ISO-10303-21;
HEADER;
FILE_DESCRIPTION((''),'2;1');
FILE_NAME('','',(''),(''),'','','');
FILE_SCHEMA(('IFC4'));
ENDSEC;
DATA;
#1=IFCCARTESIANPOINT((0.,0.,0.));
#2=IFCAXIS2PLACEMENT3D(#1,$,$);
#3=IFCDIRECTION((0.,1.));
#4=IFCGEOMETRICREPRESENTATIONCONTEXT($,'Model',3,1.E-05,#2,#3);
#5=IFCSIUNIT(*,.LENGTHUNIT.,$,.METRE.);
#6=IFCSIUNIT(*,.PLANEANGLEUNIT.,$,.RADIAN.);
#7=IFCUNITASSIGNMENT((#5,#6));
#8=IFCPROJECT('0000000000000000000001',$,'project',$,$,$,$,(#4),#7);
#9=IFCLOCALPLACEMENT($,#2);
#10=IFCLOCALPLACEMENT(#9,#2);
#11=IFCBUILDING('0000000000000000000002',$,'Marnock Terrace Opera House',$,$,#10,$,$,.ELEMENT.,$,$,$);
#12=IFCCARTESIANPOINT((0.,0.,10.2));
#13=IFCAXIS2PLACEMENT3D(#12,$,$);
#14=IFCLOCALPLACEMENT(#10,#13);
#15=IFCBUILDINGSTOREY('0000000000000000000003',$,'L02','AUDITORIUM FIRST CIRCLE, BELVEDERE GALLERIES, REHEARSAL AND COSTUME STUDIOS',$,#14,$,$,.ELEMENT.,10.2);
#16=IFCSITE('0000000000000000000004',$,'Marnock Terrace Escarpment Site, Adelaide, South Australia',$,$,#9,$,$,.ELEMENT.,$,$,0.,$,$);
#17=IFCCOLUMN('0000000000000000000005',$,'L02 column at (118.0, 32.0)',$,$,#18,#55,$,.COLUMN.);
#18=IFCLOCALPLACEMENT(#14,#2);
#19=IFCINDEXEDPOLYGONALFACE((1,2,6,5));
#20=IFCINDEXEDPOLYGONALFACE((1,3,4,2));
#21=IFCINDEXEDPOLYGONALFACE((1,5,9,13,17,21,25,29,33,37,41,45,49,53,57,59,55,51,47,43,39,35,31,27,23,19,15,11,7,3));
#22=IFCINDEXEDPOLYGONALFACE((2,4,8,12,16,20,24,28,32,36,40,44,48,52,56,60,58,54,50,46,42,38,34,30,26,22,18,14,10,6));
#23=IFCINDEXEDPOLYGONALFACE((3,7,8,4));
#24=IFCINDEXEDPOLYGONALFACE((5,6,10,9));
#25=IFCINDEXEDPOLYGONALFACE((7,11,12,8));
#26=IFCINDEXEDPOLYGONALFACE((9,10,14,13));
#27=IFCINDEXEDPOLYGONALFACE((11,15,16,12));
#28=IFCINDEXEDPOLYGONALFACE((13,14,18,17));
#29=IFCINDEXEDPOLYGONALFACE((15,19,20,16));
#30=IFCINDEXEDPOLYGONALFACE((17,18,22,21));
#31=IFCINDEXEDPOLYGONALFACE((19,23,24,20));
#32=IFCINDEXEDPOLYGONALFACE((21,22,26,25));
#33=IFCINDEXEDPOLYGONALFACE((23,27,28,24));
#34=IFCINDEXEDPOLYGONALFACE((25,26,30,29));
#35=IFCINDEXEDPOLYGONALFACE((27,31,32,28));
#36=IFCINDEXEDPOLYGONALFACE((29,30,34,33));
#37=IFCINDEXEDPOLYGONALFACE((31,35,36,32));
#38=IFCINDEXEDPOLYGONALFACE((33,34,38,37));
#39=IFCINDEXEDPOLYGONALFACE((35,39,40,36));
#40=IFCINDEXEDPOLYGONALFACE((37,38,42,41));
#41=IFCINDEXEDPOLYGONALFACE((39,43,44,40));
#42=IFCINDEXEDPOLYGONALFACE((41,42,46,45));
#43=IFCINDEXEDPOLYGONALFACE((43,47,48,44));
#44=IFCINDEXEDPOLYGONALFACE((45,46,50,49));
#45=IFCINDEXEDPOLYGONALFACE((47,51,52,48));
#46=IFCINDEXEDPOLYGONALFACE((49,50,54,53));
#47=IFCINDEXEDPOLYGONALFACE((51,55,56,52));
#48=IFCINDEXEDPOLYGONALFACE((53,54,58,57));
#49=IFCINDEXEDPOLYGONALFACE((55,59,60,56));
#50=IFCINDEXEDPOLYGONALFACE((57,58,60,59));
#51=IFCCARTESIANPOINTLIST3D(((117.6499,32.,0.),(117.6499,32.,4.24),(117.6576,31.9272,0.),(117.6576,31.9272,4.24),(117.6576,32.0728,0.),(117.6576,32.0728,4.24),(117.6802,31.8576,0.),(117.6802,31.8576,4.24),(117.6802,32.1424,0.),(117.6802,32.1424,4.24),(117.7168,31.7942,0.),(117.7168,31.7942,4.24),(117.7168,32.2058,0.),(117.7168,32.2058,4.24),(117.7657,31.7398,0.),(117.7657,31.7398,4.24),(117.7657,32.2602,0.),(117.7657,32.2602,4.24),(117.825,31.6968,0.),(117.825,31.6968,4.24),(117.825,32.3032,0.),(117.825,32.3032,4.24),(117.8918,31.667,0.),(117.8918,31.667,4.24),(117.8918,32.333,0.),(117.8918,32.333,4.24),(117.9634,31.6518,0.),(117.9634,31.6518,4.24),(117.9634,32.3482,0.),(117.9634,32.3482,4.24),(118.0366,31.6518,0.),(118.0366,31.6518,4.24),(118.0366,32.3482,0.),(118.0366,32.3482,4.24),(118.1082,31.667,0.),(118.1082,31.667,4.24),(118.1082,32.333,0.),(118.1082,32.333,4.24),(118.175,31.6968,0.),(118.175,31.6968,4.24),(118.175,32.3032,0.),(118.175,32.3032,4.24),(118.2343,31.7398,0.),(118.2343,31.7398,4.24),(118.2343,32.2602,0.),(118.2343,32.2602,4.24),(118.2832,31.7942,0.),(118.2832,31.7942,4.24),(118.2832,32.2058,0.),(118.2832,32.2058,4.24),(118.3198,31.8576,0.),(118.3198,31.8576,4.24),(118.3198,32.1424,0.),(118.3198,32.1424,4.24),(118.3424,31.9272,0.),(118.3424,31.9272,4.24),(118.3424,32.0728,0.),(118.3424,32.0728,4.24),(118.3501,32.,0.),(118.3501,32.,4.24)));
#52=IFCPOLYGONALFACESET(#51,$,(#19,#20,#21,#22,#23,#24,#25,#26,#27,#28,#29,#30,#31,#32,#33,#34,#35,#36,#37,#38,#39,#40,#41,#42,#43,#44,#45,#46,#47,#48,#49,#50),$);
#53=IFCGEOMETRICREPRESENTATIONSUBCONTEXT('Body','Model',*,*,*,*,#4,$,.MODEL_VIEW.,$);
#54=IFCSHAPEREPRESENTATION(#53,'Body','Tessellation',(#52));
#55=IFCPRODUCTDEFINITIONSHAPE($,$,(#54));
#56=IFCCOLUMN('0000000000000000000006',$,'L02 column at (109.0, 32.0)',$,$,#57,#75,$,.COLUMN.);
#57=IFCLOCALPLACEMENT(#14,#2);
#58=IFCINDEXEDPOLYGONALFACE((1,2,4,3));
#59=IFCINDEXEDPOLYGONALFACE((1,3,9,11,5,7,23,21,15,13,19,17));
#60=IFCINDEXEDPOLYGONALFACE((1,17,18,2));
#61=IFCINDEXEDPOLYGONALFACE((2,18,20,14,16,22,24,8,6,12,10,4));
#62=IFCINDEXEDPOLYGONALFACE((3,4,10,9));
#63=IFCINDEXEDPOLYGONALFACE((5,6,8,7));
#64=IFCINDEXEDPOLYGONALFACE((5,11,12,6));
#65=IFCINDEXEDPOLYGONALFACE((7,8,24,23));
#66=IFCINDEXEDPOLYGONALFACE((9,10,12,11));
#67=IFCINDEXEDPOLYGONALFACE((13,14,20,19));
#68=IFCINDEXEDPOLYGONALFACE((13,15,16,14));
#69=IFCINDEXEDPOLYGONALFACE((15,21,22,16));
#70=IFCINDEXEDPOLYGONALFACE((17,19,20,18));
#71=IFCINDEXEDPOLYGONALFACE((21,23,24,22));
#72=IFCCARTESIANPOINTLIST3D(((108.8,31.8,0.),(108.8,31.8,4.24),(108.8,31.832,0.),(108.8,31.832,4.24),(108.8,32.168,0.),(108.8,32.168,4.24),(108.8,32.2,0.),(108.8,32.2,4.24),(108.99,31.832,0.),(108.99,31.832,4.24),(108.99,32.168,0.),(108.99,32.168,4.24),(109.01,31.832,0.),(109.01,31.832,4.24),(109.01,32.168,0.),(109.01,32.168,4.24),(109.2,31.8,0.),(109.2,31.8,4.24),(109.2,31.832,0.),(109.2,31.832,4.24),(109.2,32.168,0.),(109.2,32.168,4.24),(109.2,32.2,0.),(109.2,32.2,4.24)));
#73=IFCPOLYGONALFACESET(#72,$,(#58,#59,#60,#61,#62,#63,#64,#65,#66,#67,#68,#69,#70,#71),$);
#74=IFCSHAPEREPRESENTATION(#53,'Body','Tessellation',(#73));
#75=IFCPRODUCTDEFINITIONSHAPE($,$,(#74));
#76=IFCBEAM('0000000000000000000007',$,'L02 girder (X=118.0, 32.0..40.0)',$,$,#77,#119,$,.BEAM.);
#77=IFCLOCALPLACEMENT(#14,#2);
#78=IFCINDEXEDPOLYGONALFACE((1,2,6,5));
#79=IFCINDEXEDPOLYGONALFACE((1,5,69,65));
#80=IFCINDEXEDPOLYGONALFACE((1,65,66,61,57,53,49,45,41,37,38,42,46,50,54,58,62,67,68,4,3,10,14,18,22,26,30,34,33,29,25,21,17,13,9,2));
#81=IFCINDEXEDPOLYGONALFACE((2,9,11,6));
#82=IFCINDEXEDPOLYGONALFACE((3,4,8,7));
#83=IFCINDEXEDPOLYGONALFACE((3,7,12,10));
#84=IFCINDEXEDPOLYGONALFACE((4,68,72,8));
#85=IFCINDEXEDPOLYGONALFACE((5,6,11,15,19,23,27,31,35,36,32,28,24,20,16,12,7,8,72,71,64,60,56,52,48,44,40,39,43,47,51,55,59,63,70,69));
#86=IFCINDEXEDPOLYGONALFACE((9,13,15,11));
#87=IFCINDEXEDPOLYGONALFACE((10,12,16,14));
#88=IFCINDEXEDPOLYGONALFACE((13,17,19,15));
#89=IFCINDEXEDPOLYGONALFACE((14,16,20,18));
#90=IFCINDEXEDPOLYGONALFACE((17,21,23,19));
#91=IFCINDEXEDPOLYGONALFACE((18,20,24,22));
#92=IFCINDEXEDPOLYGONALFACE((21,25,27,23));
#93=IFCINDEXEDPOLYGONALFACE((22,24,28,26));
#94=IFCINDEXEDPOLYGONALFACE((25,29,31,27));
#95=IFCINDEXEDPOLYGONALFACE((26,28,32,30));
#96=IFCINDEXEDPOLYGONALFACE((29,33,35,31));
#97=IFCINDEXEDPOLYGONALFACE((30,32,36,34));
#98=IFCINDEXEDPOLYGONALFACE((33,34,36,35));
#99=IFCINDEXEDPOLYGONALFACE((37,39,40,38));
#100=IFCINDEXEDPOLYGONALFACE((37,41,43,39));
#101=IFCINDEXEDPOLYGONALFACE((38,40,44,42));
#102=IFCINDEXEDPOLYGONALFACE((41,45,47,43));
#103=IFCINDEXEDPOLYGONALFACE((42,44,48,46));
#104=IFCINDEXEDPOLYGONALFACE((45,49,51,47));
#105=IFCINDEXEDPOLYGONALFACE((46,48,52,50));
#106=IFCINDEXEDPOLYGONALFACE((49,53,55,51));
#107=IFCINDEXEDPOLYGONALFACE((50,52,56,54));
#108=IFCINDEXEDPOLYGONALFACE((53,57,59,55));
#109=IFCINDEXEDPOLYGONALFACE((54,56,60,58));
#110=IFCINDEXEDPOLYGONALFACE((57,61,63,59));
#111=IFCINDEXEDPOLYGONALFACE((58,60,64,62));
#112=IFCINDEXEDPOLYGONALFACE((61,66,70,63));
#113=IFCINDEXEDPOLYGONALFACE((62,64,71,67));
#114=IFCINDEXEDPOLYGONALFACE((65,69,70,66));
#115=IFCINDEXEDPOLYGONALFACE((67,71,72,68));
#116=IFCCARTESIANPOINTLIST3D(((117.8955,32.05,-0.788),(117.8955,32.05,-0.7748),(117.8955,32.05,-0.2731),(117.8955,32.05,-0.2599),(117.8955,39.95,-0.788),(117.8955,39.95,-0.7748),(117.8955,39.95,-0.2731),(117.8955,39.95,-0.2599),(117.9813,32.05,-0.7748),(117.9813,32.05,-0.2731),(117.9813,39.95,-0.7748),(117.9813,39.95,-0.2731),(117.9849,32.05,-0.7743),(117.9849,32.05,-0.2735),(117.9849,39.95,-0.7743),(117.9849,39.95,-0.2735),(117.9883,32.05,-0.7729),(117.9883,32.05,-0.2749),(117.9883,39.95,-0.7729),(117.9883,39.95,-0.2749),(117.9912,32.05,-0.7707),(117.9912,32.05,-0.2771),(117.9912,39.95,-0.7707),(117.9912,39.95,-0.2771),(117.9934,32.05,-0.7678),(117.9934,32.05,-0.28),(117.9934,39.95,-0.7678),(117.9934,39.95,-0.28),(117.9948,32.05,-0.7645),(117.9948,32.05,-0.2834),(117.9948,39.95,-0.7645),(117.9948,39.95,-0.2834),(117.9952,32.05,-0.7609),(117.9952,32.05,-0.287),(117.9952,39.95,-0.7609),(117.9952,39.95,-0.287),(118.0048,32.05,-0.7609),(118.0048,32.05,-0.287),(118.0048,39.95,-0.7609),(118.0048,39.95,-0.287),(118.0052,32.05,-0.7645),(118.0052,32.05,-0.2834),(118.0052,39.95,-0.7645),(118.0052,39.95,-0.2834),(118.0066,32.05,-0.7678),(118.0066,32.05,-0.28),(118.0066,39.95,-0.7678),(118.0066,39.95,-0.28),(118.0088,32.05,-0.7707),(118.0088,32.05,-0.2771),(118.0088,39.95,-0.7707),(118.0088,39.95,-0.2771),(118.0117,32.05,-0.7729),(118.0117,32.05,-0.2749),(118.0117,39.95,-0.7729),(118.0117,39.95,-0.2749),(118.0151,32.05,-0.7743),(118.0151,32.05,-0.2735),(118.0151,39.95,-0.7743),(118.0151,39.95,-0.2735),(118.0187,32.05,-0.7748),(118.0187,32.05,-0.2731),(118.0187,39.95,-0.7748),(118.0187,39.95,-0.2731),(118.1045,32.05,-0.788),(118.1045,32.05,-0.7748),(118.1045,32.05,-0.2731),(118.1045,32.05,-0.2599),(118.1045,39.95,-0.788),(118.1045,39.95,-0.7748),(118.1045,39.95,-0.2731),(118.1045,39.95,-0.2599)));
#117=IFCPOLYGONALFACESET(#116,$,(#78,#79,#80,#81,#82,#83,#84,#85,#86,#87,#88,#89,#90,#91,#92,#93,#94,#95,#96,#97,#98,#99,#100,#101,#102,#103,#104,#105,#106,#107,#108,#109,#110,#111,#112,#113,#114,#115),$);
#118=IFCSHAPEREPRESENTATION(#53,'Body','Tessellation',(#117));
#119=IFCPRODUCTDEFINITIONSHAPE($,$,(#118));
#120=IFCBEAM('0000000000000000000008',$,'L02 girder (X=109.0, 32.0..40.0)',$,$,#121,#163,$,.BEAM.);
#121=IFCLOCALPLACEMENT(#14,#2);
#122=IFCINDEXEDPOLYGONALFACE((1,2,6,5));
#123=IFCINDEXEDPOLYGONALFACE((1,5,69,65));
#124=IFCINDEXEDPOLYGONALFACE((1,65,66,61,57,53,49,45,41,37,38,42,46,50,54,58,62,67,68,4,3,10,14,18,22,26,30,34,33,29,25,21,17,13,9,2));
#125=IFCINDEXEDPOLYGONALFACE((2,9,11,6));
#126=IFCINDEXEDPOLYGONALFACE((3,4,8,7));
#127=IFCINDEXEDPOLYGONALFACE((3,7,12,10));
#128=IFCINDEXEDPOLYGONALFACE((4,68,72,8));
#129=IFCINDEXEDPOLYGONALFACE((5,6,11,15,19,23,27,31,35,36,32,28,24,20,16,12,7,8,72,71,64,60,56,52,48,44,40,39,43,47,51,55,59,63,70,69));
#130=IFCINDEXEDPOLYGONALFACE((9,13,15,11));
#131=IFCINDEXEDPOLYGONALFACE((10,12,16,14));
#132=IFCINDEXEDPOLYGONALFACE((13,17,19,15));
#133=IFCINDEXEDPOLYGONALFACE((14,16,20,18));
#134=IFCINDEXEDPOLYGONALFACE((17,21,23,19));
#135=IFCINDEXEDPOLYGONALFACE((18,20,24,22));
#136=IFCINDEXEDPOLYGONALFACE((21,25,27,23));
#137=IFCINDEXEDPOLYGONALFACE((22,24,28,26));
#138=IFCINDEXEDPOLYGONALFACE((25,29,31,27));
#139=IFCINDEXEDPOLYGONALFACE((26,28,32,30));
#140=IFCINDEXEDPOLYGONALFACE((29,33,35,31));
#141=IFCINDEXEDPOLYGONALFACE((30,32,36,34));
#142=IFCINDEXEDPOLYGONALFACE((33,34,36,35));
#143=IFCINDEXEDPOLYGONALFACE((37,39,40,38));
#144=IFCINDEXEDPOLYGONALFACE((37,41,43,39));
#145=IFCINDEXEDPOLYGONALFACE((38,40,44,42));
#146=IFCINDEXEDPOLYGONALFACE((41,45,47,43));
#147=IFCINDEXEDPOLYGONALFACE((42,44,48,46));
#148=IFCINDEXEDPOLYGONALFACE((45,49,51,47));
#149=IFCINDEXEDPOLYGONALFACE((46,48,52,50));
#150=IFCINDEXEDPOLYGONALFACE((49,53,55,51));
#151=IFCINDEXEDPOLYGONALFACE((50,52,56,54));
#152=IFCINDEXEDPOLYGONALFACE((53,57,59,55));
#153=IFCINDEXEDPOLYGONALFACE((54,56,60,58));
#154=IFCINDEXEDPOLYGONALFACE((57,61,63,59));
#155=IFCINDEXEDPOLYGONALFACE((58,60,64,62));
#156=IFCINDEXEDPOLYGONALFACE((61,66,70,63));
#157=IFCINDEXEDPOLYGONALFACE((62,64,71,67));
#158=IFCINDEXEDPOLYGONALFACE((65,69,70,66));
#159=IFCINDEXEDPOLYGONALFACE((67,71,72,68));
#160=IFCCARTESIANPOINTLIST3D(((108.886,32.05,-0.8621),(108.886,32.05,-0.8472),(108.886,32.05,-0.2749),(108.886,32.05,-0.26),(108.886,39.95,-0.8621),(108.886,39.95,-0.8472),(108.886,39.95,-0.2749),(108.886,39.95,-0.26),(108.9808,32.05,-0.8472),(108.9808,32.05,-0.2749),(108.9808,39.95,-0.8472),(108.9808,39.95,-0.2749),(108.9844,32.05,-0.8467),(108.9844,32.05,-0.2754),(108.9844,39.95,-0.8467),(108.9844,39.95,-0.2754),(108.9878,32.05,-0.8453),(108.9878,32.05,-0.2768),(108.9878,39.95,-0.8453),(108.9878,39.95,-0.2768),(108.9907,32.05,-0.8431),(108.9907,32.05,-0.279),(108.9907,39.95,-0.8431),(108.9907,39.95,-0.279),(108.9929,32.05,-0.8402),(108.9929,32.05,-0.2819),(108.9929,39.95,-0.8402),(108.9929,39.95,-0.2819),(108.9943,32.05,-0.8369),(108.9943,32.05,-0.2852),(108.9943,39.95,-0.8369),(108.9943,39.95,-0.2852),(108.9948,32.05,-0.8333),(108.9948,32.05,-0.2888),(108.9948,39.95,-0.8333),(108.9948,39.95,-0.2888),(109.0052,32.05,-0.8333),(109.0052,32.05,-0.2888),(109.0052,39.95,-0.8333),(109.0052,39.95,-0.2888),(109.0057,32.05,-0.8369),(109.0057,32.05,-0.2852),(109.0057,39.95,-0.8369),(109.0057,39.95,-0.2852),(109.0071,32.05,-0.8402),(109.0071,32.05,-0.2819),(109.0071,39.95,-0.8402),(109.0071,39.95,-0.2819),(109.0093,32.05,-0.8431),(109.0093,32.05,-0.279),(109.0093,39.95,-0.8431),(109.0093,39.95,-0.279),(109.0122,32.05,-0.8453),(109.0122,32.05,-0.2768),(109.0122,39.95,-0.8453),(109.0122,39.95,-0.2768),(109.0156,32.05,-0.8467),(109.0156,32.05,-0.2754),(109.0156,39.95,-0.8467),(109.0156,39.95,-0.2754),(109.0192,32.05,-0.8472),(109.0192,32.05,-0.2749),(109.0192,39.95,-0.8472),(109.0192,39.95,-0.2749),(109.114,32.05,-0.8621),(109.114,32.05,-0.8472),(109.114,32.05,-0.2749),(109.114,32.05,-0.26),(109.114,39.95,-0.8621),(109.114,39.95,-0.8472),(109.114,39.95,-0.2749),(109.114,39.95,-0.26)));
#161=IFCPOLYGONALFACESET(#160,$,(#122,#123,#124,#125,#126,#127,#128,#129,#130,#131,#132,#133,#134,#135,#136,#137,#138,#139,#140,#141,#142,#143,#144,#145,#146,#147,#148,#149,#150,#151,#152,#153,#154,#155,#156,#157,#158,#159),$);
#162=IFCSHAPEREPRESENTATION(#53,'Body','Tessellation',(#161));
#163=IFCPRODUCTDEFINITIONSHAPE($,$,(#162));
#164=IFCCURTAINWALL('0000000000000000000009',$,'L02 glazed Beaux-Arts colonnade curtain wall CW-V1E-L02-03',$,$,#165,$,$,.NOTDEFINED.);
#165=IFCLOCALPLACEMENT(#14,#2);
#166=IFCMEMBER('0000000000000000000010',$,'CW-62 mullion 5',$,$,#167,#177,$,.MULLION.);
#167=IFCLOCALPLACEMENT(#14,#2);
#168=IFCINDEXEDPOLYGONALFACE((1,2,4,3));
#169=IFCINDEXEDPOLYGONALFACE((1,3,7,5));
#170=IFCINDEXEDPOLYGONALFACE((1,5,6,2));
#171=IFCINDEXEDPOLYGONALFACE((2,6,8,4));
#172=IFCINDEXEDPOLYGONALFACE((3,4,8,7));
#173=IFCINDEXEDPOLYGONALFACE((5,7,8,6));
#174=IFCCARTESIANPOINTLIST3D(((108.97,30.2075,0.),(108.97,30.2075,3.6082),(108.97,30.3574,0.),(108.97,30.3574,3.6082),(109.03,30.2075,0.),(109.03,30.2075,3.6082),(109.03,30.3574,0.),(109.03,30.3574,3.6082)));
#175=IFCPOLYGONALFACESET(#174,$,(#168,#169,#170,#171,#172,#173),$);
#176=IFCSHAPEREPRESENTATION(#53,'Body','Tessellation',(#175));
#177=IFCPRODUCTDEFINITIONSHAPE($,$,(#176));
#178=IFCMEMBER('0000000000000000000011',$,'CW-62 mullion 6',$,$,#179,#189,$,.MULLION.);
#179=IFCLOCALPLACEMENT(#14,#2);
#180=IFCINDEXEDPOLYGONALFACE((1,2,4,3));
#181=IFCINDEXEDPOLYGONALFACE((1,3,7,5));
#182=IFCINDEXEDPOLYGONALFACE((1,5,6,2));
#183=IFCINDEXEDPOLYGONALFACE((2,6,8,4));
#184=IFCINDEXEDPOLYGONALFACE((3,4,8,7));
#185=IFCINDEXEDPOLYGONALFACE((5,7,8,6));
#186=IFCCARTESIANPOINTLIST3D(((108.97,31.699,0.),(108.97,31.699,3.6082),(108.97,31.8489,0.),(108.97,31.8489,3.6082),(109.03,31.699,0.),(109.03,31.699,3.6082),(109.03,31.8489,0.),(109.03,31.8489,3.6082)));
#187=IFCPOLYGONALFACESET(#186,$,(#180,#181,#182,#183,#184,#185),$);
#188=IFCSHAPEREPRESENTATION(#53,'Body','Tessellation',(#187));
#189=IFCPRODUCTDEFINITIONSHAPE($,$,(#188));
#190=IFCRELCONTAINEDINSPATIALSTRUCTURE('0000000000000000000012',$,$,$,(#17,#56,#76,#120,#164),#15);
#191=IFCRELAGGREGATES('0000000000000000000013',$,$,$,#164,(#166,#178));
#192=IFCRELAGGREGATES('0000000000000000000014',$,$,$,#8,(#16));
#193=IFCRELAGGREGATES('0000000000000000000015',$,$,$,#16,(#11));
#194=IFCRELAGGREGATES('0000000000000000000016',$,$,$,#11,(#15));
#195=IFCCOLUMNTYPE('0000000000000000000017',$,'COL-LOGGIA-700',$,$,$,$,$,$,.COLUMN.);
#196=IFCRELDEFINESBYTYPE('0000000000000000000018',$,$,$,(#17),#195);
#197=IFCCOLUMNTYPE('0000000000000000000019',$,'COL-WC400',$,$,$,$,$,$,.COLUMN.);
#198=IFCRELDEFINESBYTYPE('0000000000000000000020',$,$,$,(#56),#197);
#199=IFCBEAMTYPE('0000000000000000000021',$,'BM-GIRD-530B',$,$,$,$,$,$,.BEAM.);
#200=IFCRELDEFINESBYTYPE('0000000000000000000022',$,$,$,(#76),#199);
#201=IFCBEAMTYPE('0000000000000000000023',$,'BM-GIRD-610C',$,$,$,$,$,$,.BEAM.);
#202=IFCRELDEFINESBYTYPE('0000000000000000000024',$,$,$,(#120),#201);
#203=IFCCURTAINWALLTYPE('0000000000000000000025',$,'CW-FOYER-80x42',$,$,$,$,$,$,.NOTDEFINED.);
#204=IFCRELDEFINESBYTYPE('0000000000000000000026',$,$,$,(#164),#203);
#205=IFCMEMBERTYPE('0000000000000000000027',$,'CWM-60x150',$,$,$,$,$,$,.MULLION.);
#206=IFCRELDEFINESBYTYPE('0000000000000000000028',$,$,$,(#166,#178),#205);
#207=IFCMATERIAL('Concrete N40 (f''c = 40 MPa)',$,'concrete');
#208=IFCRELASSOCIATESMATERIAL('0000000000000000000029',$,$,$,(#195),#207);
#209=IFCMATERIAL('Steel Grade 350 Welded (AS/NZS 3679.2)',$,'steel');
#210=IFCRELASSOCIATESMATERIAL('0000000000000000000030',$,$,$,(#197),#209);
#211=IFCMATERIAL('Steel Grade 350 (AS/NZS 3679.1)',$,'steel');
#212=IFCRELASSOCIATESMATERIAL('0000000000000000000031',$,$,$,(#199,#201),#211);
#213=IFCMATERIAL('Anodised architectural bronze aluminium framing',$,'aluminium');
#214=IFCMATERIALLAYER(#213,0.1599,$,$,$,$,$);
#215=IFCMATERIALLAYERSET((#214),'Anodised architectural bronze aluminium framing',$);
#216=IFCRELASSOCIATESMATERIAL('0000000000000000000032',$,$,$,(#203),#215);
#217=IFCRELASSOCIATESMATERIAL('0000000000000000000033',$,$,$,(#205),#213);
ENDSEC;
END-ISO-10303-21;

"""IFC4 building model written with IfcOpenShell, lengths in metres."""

from ifc_helpers import new_model, si_unit, direction, frame, origin, origin_2d, place, context, subcontext, project, spatial, rectangle, circle, i_section, extrude, material, layer, layer_set, material_profile, profile_set, type_object, element, aggregate, save


model = new_model("IFC4")

# Units and contexts
model_context = context("Model", 3, precision=1e-05, world=origin(), true_north=direction((0.0, 1.0)))
body_context = subcontext(model_context, "Body", "Model", "MODEL_VIEW")
ifc_project = project(units=[si_unit("LENGTHUNIT", "METRE"), si_unit("PLANEANGLEUNIT", "RADIAN")], contexts=[model_context])

# Site, building, storey
site_placement = place(None, origin())
site = spatial("IfcSite", under=ifc_project, at=site_placement, Name="Marnock Terrace Escarpment Site, Adelaide, South Australia", CompositionType="ELEMENT", RefElevation=0.0)
building_placement = place(site_placement, origin())
building = spatial("IfcBuilding", under=site, at=building_placement, Name="Marnock Terrace Opera House", CompositionType="ELEMENT")
storey_placement = place(building_placement, frame((0.0, 0.0, 10.2)))
storey = spatial("IfcBuildingStorey", under=building, at=storey_placement, Name="L02", Description="AUDITORIUM FIRST CIRCLE, BELVEDERE GALLERIES, REHEARSAL AND COSTUME STUDIOS", CompositionType="ELEMENT", Elevation=10.2)

# Columns
ifc_material_1 = material(Name="Concrete N40 (f'c = 40 MPa)", Category="concrete")
ifc_material_profile_1 = material_profile(ifc_material_1, circle(Radius=0.3501, at=origin_2d()))
ifc_profile_set_1 = profile_set([ifc_material_profile_1], Name="Concrete N40 (f'c = 40 MPa)")
column_type_1 = type_object("IfcColumnType", Name="COL-LOGGIA-700", PredefinedType="COLUMN", material=ifc_profile_set_1)
column_1_placement = place(storey_placement, frame((118.0, 32.0, 0.0), z_axis=(0.0, 0.0, 1.0), x_axis=(1.0, 0.0, 0.0)))
element("IfcColumn", 1, at=column_1_placement, inside=storey, type_object=column_type_1, Name="L02 column at (118.0, 32.0)", PredefinedType="COLUMN", context=body_context, shape_type="SweptSolid", body=[
    extrude(circle(Radius=0.3501, at=origin_2d()), origin(), (0.0, 0.0, 1.0), 4.24),
])
ifc_material_2 = material(Name="Steel Grade 350 Welded (AS/NZS 3679.2)", Category="steel")
ifc_material_profile_2 = material_profile(ifc_material_2, i_section(OverallWidth=0.3999, OverallDepth=0.3999, WebThickness=0.02, FlangeThickness=0.032, at=origin_2d()))
ifc_profile_set_2 = profile_set([ifc_material_profile_2], Name="Steel Grade 350 Welded (AS/NZS 3679.2)")
column_type_2 = type_object("IfcColumnType", Name="COL-WC400", PredefinedType="COLUMN", material=ifc_profile_set_2)
column_2_placement = place(storey_placement, frame((109.0, 32.0, 0.0), z_axis=(0.0, 0.0, 1.0), x_axis=(1.0, 0.0, 0.0)))
element("IfcColumn", 2, at=column_2_placement, inside=storey, type_object=column_type_2, Name="L02 column at (109.0, 32.0)", PredefinedType="COLUMN", context=body_context, shape_type="SweptSolid", body=[
    extrude(i_section(OverallWidth=0.3999, OverallDepth=0.3999, WebThickness=0.02, FlangeThickness=0.032, at=origin_2d()), origin(), (0.0, 0.0, 1.0), 4.24),
])

# Beams
ifc_material_3 = material(Name="Steel Grade 350 (AS/NZS 3679.1)", Category="steel")
ifc_material_profile_3 = material_profile(ifc_material_3, i_section(OverallWidth=0.209, OverallDepth=0.5281, WebThickness=0.0095, FlangeThickness=0.0132, FilletRadius=0.0139, at=origin_2d()))
ifc_profile_set_3 = profile_set([ifc_material_profile_3], Name="Steel Grade 350 (AS/NZS 3679.1)")
beam_type_1 = type_object("IfcBeamType", Name="BM-GIRD-530B", PredefinedType="BEAM", material=ifc_profile_set_3)
beam_1_placement = place(storey_placement, frame((118.0, 32.05, -0.5239), z_axis=(0.0, 1.0, 0.0), x_axis=(-1.0, 0.0, 0.0)))
element("IfcBeam", 3, at=beam_1_placement, inside=storey, type_object=beam_type_1, Name="L02 girder (X=118.0, 32.0..40.0)", PredefinedType="BEAM", context=body_context, shape_type="SweptSolid", body=[
    extrude(i_section(OverallWidth=0.209, OverallDepth=0.5281, WebThickness=0.0095, FlangeThickness=0.0132, FilletRadius=0.0139, at=origin_2d()), origin(), (0.0, 0.0, 1.0), 7.8999),
])
ifc_material_profile_4 = material_profile(ifc_material_3, i_section(OverallWidth=0.228, OverallDepth=0.6021, WebThickness=0.0105, FlangeThickness=0.0149, FilletRadius=0.0139, at=origin_2d()))
ifc_profile_set_4 = profile_set([ifc_material_profile_4], Name="Steel Grade 350 (AS/NZS 3679.1)")
beam_type_2 = type_object("IfcBeamType", Name="BM-GIRD-610C", PredefinedType="BEAM", material=ifc_profile_set_4)
beam_2_placement = place(storey_placement, frame((109.0, 32.05, -0.561), z_axis=(0.0, 1.0, 0.0), x_axis=(-1.0, 0.0, 0.0)))
element("IfcBeam", 4, at=beam_2_placement, inside=storey, type_object=beam_type_2, Name="L02 girder (X=109.0, 32.0..40.0)", PredefinedType="BEAM", context=body_context, shape_type="SweptSolid", body=[
    extrude(i_section(OverallWidth=0.228, OverallDepth=0.6021, WebThickness=0.0105, FlangeThickness=0.0149, FilletRadius=0.0139, at=origin_2d()), origin(), (0.0, 0.0, 1.0), 7.8999),
])

# Curtain wall, members
ifc_material_4 = material(Name="Anodised architectural bronze aluminium framing", Category="aluminium")
ifc_layer_1 = layer(ifc_material_4, 0.1599)
ifc_layer_set_1 = layer_set([ifc_layer_1], Name="Anodised architectural bronze aluminium framing")
curtain_wall_type_1 = type_object("IfcCurtainWallType", Name="CW-FOYER-80x42", PredefinedType="NOTDEFINED", material=ifc_layer_set_1)
curtain_wall_1_placement = place(storey_placement, origin())
curtain_wall_1 = element("IfcCurtainWall", 5, at=curtain_wall_1_placement, inside=storey, type_object=curtain_wall_type_1, Name="L02 glazed Beaux-Arts colonnade curtain wall CW-V1E-L02-03", PredefinedType="NOTDEFINED")
ifc_material_profile_5 = material_profile(ifc_material_4, rectangle(XDim=0.0601, YDim=0.1499, at=origin_2d()))
ifc_profile_set_5 = profile_set([ifc_material_profile_5], Name="Anodised architectural bronze aluminium framing")
member_type_1 = type_object("IfcMemberType", Name="CWM-60x150", PredefinedType="MULLION", material=ifc_profile_set_5)
member_1_placement = place(storey_placement, frame((109.0, 30.2825, 0.0), z_axis=(0.0, 0.0, 1.0), x_axis=(-1.0, 0.0, 0.0)))
member_1 = element("IfcMember", 6, at=member_1_placement, type_object=member_type_1, Name="CW-62 mullion 5", PredefinedType="MULLION", context=body_context, shape_type="SweptSolid", body=[
    extrude(rectangle(XDim=0.0601, YDim=0.1499, at=origin_2d()), origin(), (0.0, 0.0, 1.0), 3.6082),
])
member_2_placement = place(storey_placement, frame((109.0, 31.7739, 0.0), z_axis=(0.0, 0.0, 1.0), x_axis=(-1.0, 0.0, 0.0)))
member_2 = element("IfcMember", 7, at=member_2_placement, type_object=member_type_1, Name="CW-62 mullion 6", PredefinedType="MULLION", context=body_context, shape_type="SweptSolid", body=[
    extrude(rectangle(XDim=0.0601, YDim=0.1499, at=origin_2d()), origin(), (0.0, 0.0, 1.0), 3.6082),
])

aggregate(curtain_wall_1, [member_1, member_2])

save(model, "model.ifc")
